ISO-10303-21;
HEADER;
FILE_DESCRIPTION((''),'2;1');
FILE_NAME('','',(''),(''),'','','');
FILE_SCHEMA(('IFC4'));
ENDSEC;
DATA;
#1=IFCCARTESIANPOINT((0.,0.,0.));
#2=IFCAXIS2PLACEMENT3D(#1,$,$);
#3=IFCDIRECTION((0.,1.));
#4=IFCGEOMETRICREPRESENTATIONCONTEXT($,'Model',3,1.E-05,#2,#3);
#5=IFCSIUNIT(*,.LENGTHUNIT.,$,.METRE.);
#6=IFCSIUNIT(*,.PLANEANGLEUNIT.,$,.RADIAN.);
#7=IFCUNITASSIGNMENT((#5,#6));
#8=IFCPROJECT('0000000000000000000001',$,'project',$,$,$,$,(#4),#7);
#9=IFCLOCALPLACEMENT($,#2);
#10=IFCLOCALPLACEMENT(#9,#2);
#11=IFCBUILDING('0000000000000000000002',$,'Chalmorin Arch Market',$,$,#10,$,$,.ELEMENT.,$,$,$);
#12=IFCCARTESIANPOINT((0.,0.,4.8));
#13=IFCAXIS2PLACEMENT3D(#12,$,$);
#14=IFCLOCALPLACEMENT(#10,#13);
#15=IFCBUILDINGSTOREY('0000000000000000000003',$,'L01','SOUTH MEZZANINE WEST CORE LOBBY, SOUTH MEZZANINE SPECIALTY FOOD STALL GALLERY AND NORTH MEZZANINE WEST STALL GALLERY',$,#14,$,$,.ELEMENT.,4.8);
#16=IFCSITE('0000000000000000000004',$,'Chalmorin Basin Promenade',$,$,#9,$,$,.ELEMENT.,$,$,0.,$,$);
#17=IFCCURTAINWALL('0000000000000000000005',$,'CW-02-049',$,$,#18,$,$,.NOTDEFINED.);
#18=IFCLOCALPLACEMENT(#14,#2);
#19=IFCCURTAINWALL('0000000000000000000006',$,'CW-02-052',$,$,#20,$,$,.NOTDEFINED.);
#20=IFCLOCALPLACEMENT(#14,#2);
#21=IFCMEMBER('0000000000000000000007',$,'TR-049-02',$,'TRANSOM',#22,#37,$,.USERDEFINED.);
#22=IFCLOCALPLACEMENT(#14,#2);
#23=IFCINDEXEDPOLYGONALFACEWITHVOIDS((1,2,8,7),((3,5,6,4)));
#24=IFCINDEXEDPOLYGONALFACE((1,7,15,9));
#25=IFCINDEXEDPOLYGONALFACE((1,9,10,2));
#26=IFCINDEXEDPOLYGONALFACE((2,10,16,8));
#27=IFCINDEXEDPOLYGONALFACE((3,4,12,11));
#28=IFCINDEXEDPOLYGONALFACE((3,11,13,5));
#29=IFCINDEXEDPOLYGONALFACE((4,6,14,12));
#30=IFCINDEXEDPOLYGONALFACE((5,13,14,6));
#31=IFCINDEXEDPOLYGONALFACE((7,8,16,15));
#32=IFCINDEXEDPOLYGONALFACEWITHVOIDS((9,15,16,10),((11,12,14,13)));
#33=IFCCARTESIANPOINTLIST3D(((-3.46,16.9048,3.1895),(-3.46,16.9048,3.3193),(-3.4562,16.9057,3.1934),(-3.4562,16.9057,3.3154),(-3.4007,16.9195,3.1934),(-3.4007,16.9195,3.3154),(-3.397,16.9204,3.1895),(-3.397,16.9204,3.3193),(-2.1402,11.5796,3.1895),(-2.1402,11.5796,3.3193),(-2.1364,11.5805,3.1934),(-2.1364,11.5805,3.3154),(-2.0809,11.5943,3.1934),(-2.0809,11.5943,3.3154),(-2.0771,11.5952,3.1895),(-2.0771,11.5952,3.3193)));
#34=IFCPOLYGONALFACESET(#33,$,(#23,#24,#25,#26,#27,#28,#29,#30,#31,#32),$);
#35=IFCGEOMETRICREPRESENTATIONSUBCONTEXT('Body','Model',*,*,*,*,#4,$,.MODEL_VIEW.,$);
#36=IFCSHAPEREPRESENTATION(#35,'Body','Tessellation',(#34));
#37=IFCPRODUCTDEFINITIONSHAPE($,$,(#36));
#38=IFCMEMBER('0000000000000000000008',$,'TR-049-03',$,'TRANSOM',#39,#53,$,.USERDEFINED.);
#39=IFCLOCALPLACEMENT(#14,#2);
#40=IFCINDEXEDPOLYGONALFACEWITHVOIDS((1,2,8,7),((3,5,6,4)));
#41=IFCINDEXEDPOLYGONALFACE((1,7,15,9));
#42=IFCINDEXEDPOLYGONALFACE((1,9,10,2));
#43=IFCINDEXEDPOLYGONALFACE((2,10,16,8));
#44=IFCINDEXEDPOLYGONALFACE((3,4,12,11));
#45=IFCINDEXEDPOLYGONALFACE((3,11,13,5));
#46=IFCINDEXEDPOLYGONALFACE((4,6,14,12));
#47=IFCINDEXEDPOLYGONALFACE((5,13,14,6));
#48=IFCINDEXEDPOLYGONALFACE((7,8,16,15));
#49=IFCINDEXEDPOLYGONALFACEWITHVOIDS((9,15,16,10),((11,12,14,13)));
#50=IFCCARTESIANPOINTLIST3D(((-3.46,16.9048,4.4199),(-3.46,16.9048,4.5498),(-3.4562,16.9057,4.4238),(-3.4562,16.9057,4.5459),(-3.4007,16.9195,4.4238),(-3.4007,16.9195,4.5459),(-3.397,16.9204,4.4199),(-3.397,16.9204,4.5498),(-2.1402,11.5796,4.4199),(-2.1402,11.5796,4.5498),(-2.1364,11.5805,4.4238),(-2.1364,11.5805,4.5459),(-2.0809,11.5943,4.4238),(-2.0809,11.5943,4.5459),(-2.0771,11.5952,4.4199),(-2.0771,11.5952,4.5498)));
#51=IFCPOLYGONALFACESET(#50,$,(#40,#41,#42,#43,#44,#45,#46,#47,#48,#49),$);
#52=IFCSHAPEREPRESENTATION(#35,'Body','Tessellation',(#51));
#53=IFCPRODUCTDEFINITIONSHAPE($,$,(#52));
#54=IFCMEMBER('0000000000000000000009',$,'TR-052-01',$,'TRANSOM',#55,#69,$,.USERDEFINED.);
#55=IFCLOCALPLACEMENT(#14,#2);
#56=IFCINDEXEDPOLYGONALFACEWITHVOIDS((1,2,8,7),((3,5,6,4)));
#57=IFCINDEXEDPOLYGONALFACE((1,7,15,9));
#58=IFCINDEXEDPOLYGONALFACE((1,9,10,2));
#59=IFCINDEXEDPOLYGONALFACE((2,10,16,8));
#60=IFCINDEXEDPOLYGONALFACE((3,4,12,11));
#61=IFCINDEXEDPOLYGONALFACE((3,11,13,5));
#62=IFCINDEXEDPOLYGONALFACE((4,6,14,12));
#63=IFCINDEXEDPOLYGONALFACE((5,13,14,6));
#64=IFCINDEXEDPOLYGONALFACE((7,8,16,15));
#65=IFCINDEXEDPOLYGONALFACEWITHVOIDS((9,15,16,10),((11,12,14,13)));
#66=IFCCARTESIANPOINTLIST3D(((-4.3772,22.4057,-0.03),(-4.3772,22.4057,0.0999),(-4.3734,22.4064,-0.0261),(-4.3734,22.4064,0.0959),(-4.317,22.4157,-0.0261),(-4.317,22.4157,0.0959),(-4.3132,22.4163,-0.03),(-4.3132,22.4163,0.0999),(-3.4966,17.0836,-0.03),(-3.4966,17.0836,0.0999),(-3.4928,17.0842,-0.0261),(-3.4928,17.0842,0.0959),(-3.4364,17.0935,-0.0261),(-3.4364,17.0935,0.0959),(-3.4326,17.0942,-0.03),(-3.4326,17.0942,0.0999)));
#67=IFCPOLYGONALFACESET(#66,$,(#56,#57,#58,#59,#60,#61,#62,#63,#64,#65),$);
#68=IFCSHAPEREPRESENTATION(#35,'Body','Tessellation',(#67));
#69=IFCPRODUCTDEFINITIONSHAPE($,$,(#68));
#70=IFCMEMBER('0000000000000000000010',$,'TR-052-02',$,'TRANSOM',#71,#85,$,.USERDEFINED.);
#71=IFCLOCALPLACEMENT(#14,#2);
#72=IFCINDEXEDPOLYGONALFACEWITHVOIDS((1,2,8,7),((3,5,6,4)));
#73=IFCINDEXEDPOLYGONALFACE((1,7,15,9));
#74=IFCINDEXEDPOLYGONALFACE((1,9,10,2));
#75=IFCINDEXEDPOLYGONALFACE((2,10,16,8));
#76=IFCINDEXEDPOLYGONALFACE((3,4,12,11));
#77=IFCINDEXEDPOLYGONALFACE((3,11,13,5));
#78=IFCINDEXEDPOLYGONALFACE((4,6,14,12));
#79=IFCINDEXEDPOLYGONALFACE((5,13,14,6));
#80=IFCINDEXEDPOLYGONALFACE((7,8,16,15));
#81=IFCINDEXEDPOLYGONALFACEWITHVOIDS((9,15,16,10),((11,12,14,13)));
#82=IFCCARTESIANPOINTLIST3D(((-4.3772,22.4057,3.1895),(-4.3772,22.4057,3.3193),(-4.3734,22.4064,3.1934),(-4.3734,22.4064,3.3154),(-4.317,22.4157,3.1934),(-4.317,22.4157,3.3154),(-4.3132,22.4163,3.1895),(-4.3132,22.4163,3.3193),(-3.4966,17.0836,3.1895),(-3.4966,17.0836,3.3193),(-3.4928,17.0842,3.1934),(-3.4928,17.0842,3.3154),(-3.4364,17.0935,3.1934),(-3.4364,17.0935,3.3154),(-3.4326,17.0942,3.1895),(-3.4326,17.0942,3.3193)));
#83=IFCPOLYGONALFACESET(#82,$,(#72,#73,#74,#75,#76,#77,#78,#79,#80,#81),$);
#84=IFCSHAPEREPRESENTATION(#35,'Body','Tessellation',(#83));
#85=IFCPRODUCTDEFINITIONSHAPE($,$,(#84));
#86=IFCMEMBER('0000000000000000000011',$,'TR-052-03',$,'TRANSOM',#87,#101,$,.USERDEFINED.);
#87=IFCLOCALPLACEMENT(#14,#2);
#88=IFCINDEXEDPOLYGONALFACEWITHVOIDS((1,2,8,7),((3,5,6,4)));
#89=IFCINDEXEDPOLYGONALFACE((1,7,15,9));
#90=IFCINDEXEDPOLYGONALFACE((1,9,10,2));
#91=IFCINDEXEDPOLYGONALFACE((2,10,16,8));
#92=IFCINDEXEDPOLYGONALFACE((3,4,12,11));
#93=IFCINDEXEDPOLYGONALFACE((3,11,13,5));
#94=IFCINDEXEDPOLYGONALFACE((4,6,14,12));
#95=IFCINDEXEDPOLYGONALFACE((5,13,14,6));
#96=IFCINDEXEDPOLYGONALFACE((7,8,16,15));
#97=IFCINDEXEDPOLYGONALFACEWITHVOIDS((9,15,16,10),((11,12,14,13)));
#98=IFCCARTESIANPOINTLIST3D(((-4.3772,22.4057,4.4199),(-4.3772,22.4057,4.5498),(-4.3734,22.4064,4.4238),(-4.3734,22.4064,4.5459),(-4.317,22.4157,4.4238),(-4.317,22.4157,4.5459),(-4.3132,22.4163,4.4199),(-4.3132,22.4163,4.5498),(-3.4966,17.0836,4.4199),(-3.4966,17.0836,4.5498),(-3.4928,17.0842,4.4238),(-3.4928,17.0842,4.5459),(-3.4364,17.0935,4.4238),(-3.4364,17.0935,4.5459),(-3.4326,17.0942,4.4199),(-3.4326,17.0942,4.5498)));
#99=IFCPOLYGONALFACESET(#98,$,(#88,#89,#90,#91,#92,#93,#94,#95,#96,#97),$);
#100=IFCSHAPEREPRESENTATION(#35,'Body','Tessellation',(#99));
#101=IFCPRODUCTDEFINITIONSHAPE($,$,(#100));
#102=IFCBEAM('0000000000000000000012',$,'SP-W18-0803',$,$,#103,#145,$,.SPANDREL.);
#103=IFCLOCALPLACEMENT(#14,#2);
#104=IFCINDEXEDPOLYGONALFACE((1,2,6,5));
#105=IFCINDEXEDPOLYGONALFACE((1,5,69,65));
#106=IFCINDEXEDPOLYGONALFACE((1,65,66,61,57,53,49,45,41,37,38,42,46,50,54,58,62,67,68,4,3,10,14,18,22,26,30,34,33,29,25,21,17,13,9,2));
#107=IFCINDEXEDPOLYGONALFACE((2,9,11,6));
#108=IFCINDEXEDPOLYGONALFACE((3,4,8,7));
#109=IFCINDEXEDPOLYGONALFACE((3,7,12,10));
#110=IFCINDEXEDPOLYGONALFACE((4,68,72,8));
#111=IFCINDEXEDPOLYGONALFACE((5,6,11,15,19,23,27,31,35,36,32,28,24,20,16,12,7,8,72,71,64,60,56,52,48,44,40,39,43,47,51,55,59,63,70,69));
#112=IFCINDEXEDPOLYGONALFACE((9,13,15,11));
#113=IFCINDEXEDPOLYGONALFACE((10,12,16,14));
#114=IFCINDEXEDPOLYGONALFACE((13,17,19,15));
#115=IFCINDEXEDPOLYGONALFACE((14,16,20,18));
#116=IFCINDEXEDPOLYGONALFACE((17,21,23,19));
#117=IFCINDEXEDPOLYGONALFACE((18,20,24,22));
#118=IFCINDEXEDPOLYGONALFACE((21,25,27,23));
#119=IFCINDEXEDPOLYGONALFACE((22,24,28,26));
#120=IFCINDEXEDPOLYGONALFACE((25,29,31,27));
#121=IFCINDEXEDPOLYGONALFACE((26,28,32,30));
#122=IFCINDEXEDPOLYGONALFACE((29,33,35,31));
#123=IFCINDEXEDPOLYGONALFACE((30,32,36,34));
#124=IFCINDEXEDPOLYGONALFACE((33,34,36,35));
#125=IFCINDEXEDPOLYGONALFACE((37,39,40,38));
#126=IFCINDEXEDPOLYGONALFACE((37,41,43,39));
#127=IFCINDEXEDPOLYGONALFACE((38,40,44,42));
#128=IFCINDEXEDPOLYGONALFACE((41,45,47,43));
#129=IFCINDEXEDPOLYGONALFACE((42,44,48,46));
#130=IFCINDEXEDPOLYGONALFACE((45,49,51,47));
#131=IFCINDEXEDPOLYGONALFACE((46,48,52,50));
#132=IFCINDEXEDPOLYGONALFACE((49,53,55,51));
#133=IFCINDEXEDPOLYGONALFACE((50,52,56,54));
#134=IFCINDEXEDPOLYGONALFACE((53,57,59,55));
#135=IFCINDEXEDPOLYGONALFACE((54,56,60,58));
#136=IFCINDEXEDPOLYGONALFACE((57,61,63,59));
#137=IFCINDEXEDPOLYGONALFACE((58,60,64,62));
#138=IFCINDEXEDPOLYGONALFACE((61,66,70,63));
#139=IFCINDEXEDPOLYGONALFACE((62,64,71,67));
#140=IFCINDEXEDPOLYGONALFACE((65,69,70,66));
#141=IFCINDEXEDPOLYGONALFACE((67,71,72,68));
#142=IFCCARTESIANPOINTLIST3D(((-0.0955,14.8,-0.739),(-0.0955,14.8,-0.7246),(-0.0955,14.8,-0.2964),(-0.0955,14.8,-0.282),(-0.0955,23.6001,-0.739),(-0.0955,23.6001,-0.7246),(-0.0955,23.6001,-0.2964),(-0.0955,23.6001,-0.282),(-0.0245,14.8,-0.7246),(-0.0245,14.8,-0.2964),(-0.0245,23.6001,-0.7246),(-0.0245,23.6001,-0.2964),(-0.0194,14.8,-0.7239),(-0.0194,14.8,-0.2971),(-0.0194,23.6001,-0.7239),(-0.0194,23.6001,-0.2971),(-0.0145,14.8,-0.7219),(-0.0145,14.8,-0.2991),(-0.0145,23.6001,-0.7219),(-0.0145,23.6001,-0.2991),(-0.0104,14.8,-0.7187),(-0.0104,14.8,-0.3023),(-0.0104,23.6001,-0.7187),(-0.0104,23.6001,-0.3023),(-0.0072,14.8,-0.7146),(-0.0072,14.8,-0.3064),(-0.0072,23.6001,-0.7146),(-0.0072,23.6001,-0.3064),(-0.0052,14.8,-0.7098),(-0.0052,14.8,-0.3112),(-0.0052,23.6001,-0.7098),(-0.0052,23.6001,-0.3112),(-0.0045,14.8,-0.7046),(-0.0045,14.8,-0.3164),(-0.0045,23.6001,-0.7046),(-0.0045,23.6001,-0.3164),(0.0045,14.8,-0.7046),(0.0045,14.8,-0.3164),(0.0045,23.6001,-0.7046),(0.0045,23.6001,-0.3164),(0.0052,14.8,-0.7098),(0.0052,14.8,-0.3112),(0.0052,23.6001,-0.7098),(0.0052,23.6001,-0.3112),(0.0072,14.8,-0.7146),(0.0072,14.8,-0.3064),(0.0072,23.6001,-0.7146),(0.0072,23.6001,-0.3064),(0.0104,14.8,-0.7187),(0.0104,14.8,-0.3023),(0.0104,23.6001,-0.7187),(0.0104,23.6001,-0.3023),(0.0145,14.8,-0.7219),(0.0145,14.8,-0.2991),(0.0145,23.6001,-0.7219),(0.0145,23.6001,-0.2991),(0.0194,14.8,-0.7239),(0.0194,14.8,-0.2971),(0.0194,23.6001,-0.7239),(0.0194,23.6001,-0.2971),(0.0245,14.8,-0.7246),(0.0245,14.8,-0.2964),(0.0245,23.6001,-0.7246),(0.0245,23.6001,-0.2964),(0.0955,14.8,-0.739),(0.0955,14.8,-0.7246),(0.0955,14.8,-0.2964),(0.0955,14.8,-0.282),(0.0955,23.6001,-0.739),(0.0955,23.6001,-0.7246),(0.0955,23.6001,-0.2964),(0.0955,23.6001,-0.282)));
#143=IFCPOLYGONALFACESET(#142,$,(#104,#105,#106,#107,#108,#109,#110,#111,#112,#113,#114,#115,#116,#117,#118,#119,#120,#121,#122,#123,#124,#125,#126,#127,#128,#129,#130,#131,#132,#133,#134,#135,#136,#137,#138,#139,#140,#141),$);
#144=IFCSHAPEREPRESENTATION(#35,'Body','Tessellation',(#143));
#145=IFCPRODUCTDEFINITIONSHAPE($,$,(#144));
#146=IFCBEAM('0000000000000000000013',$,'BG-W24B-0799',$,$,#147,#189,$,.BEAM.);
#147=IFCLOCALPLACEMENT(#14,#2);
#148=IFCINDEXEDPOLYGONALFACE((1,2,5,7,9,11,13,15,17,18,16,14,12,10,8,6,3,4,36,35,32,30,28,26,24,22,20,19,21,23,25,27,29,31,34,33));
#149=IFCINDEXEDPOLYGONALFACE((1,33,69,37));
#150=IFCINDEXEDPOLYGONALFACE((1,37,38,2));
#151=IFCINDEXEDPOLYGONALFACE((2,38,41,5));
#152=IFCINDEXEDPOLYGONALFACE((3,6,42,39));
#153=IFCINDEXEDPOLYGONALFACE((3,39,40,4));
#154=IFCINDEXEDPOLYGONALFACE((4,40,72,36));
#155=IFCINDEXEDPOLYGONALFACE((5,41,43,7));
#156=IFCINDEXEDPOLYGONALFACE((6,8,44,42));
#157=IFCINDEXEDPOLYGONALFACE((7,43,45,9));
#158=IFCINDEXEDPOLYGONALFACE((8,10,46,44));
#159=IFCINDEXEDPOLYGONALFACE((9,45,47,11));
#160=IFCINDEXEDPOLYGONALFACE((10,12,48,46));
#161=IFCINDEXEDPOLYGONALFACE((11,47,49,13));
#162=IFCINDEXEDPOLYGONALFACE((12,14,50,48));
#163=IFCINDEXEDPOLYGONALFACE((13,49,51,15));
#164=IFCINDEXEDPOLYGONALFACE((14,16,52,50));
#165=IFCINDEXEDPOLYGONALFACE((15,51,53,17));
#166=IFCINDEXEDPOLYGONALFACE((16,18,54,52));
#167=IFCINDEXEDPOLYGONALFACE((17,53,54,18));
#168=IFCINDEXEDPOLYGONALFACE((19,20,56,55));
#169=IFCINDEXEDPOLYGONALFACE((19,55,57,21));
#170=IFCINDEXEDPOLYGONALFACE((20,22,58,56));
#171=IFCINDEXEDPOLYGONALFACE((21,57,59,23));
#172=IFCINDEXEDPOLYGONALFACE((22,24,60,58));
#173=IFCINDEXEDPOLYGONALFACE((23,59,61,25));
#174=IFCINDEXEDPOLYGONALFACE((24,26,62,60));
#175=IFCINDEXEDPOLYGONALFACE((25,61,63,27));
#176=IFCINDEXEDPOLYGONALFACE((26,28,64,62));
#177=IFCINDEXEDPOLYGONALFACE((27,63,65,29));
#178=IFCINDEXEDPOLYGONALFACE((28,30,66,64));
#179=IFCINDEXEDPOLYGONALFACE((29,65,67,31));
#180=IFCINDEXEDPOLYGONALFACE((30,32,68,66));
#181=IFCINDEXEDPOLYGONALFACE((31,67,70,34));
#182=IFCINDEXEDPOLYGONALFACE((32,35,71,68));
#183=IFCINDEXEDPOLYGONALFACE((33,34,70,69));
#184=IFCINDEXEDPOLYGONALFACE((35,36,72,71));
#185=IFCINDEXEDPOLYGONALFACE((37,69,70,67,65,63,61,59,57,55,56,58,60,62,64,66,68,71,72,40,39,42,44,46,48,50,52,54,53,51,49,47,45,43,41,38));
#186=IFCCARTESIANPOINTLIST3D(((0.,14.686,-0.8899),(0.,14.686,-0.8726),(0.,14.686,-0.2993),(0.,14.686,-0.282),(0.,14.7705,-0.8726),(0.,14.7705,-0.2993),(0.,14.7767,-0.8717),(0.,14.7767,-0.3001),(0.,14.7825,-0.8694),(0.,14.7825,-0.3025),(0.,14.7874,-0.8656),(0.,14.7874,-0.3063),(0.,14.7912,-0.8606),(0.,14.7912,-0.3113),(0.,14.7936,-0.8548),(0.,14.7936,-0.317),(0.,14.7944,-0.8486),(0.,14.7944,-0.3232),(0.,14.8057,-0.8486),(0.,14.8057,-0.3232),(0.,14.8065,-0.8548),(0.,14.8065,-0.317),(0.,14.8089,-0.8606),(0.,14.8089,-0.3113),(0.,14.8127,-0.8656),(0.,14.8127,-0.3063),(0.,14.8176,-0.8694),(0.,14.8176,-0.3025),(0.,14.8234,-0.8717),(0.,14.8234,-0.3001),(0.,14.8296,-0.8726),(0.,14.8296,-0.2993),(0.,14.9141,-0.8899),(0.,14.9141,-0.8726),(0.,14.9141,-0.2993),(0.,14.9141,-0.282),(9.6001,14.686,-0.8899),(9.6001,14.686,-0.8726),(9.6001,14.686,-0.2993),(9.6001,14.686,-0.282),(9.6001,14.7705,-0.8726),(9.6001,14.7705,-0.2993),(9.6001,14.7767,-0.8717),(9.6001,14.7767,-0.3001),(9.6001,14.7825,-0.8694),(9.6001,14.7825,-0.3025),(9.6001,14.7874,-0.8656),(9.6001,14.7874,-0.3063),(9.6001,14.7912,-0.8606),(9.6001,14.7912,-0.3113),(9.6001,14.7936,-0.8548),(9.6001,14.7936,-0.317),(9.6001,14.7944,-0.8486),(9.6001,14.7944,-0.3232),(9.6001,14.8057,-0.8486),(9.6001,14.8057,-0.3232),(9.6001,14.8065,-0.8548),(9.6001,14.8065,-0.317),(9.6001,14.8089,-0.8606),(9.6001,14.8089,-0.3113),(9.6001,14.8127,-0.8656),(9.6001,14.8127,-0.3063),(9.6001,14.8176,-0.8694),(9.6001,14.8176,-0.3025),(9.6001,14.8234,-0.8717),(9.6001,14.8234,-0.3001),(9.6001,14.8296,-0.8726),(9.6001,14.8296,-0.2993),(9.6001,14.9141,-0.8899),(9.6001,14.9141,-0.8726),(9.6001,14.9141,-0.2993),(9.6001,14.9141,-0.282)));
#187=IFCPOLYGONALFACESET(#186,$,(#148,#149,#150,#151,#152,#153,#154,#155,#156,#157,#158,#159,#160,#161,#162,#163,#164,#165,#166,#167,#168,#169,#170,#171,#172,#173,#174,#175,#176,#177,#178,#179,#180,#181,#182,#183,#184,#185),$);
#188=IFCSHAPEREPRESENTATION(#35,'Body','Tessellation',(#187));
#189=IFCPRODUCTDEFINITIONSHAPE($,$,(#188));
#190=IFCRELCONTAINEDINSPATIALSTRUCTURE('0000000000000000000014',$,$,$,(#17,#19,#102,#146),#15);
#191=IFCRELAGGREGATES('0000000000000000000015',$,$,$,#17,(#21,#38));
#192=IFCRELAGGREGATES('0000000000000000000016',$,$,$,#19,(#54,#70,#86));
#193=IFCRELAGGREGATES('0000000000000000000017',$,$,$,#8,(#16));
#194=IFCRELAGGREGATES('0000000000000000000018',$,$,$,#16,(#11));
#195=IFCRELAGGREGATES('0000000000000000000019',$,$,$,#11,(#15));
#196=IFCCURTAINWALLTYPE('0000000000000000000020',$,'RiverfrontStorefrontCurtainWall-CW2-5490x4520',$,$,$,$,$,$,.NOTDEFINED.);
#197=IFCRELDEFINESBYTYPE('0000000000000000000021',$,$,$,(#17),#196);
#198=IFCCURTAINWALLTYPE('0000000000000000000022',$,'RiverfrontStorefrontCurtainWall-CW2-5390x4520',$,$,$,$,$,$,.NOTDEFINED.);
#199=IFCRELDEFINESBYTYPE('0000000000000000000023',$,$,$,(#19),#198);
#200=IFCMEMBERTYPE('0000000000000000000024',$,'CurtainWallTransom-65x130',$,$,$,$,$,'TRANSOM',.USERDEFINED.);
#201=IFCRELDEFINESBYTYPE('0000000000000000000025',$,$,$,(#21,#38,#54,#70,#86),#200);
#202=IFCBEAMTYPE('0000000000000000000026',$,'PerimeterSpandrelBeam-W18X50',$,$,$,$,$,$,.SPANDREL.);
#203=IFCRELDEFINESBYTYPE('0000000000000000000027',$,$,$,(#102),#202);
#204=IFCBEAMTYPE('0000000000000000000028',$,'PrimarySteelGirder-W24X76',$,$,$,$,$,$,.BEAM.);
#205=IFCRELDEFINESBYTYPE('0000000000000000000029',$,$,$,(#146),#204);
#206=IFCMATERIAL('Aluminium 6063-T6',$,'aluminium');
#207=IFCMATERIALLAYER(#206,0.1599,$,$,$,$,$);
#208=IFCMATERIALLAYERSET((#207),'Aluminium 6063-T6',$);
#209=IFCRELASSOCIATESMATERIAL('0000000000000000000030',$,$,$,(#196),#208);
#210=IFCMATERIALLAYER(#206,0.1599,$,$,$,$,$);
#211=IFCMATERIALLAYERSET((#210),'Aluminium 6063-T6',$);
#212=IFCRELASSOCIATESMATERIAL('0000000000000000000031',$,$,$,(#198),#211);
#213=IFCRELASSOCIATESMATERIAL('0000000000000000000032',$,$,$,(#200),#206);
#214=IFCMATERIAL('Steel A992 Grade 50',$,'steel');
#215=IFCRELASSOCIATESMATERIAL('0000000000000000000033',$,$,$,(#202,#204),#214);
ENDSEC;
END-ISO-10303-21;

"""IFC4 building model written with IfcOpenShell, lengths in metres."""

from ifc_helpers import new_model, si_unit, direction, frame, origin, origin_2d, place, context, subcontext, project, spatial, hollow_rectangle, i_section, extrude, material, layer, layer_set, material_profile, profile_set, type_object, element, aggregate, save


model = new_model("IFC4")

# Units and contexts
model_context = context("Model", 3, precision=1e-05, world=origin(), true_north=direction((0.0, 1.0)))
body_context = subcontext(model_context, "Body", "Model", "MODEL_VIEW")
ifc_project = project(units=[si_unit("LENGTHUNIT", "METRE"), si_unit("PLANEANGLEUNIT", "RADIAN")], contexts=[model_context])

# Site, building, storey
site_placement = place(None, origin())
site = spatial("IfcSite", under=ifc_project, at=site_placement, Name="Chalmorin Basin Promenade", CompositionType="ELEMENT", RefElevation=0.0)
building_placement = place(site_placement, origin())
building = spatial("IfcBuilding", under=site, at=building_placement, Name="Chalmorin Arch Market", CompositionType="ELEMENT")
storey_placement = place(building_placement, frame((0.0, 0.0, 4.8)))
storey = spatial("IfcBuildingStorey", under=building, at=storey_placement, Name="L01", Description="SOUTH MEZZANINE WEST CORE LOBBY, SOUTH MEZZANINE SPECIALTY FOOD STALL GALLERY AND NORTH MEZZANINE WEST STALL GALLERY", CompositionType="ELEMENT", Elevation=4.8)

# Curtain walls
ifc_material_1 = material(Name="Aluminium 6063-T6", Category="aluminium")
ifc_layer_1 = layer(ifc_material_1, 0.1599)
ifc_layer_set_1 = layer_set([ifc_layer_1], Name="Aluminium 6063-T6")
curtain_wall_type_1 = type_object("IfcCurtainWallType", Name="RiverfrontStorefrontCurtainWall-CW2-5490x4520", PredefinedType="NOTDEFINED", material=ifc_layer_set_1)
curtain_wall_1_placement = place(storey_placement, origin())
curtain_wall_1 = element("IfcCurtainWall", 1, at=curtain_wall_1_placement, inside=storey, type_object=curtain_wall_type_1, Name="CW-02-049", PredefinedType="NOTDEFINED")
ifc_layer_2 = layer(ifc_material_1, 0.1599)
ifc_layer_set_2 = layer_set([ifc_layer_2], Name="Aluminium 6063-T6")
curtain_wall_type_2 = type_object("IfcCurtainWallType", Name="RiverfrontStorefrontCurtainWall-CW2-5390x4520", PredefinedType="NOTDEFINED", material=ifc_layer_set_2)
curtain_wall_2_placement = place(storey_placement, origin())
curtain_wall_2 = element("IfcCurtainWall", 2, at=curtain_wall_2_placement, inside=storey, type_object=curtain_wall_type_2, Name="CW-02-052", PredefinedType="NOTDEFINED")

# Members
ifc_material_profile_1 = material_profile(ifc_material_1, hollow_rectangle(XDim=0.0649, YDim=0.1299, WallThickness=0.0039, at=origin_2d()), Name="ALU65X130X4")
ifc_profile_set_1 = profile_set([ifc_material_profile_1], Name="Aluminium 6063-T6")
member_type_1 = type_object("IfcMemberType", Name="CurtainWallTransom-65x130", ElementType="TRANSOM", PredefinedType="USERDEFINED", material=ifc_profile_set_1)
member_1_placement = place(storey_placement, frame((-2.1086, 11.5874, 3.2544), z_axis=(-0.240567, 0.970633, 0.0), x_axis=(-0.970633, -0.240567, 0.0)))
member_1 = element("IfcMember", 3, at=member_1_placement, type_object=member_type_1, Name="TR-049-02", ObjectType="TRANSOM", PredefinedType="USERDEFINED", context=body_context, shape_type="SweptSolid", body=[
    extrude(hollow_rectangle(XDim=0.0649, YDim=0.1299, WallThickness=0.0039, at=origin_2d()), origin(), (0.0, 0.0, 1.0), 5.4863),
])
member_2_placement = place(storey_placement, frame((-2.1086, 11.5874, 4.4849), z_axis=(-0.240567, 0.970633, 0.0), x_axis=(-0.970633, -0.240567, 0.0)))
member_2 = element("IfcMember", 4, at=member_2_placement, type_object=member_type_1, Name="TR-049-03", ObjectType="TRANSOM", PredefinedType="USERDEFINED", context=body_context, shape_type="SweptSolid", body=[
    extrude(hollow_rectangle(XDim=0.0649, YDim=0.1299, WallThickness=0.0039, at=origin_2d()), origin(), (0.0, 0.0, 1.0), 5.4863),
])
member_3_placement = place(storey_placement, frame((-3.4646, 17.0889, 0.0349), z_axis=(-0.163239, 0.986586, 0.0), x_axis=(-0.986586, -0.163239, 0.0)))
member_3 = element("IfcMember", 5, at=member_3_placement, type_object=member_type_1, Name="TR-052-01", ObjectType="TRANSOM", PredefinedType="USERDEFINED", context=body_context, shape_type="SweptSolid", body=[
    extrude(hollow_rectangle(XDim=0.0649, YDim=0.1299, WallThickness=0.0039, at=origin_2d()), origin(), (0.0, 0.0, 1.0), 5.3945),
])
member_4_placement = place(storey_placement, frame((-3.4646, 17.0889, 3.2544), z_axis=(-0.163239, 0.986586, 0.0), x_axis=(-0.986586, -0.163239, 0.0)))
member_4 = element("IfcMember", 6, at=member_4_placement, type_object=member_type_1, Name="TR-052-02", ObjectType="TRANSOM", PredefinedType="USERDEFINED", context=body_context, shape_type="SweptSolid", body=[
    extrude(hollow_rectangle(XDim=0.0649, YDim=0.1299, WallThickness=0.0039, at=origin_2d()), origin(), (0.0, 0.0, 1.0), 5.3945),
])
member_5_placement = place(storey_placement, frame((-3.4646, 17.0889, 4.4849), z_axis=(-0.163239, 0.986586, 0.0), x_axis=(-0.986586, -0.163239, 0.0)))
member_5 = element("IfcMember", 7, at=member_5_placement, type_object=member_type_1, Name="TR-052-03", ObjectType="TRANSOM", PredefinedType="USERDEFINED", context=body_context, shape_type="SweptSolid", body=[
    extrude(hollow_rectangle(XDim=0.0649, YDim=0.1299, WallThickness=0.0039, at=origin_2d()), origin(), (0.0, 0.0, 1.0), 5.3945),
])

# Beams
ifc_material_2 = material(Name="Steel A992 Grade 50", Category="steel")
ifc_material_profile_2 = material_profile(ifc_material_2, i_section(OverallWidth=0.1909, OverallDepth=0.457, WebThickness=0.009, FlangeThickness=0.0144, FilletRadius=0.02, at=origin_2d()), Name="W18X50")
ifc_profile_set_2 = profile_set([ifc_material_profile_2], Name="Steel A992 Grade 50")
beam_type_1 = type_object("IfcBeamType", Name="PerimeterSpandrelBeam-W18X50", PredefinedType="SPANDREL", material=ifc_profile_set_2)
beam_1_placement = place(storey_placement, frame((0.0, 14.8, -0.5105), z_axis=(0.0, 1.0, 0.0), x_axis=(-1.0, 0.0, 0.0)))
element("IfcBeam", 8, at=beam_1_placement, inside=storey, type_object=beam_type_1, Name="SP-W18-0803", PredefinedType="SPANDREL", context=body_context, shape_type="SweptSolid", body=[
    extrude(i_section(OverallWidth=0.1909, OverallDepth=0.457, WebThickness=0.009, FlangeThickness=0.0144, FilletRadius=0.02, at=origin_2d()), origin(), (0.0, 0.0, 1.0), 8.8),
])
ifc_material_profile_3 = material_profile(ifc_material_2, i_section(OverallWidth=0.228, OverallDepth=0.6079, WebThickness=0.0112, FlangeThickness=0.0173, FilletRadius=0.0239, at=origin_2d()), Name="W24X76")
ifc_profile_set_3 = profile_set([ifc_material_profile_3], Name="Steel A992 Grade 50")
beam_type_2 = type_object("IfcBeamType", Name="PrimarySteelGirder-W24X76", PredefinedType="BEAM", material=ifc_profile_set_3)
beam_2_placement = place(storey_placement, frame((0.0, 14.8, -0.5859), z_axis=(1.0, 0.0, 0.0), x_axis=(0.0, 1.0, 0.0)))
element("IfcBeam", 9, at=beam_2_placement, inside=storey, type_object=beam_type_2, Name="BG-W24B-0799", PredefinedType="BEAM", context=body_context, shape_type="SweptSolid", body=[
    extrude(i_section(OverallWidth=0.228, OverallDepth=0.6079, WebThickness=0.0112, FlangeThickness=0.0173, FilletRadius=0.0239, at=origin_2d()), origin(), (0.0, 0.0, 1.0), 9.6001),
])

aggregate(curtain_wall_1, [member_1, member_2])
aggregate(curtain_wall_2, [member_3, member_4, member_5])

save(model, "model.ifc")
